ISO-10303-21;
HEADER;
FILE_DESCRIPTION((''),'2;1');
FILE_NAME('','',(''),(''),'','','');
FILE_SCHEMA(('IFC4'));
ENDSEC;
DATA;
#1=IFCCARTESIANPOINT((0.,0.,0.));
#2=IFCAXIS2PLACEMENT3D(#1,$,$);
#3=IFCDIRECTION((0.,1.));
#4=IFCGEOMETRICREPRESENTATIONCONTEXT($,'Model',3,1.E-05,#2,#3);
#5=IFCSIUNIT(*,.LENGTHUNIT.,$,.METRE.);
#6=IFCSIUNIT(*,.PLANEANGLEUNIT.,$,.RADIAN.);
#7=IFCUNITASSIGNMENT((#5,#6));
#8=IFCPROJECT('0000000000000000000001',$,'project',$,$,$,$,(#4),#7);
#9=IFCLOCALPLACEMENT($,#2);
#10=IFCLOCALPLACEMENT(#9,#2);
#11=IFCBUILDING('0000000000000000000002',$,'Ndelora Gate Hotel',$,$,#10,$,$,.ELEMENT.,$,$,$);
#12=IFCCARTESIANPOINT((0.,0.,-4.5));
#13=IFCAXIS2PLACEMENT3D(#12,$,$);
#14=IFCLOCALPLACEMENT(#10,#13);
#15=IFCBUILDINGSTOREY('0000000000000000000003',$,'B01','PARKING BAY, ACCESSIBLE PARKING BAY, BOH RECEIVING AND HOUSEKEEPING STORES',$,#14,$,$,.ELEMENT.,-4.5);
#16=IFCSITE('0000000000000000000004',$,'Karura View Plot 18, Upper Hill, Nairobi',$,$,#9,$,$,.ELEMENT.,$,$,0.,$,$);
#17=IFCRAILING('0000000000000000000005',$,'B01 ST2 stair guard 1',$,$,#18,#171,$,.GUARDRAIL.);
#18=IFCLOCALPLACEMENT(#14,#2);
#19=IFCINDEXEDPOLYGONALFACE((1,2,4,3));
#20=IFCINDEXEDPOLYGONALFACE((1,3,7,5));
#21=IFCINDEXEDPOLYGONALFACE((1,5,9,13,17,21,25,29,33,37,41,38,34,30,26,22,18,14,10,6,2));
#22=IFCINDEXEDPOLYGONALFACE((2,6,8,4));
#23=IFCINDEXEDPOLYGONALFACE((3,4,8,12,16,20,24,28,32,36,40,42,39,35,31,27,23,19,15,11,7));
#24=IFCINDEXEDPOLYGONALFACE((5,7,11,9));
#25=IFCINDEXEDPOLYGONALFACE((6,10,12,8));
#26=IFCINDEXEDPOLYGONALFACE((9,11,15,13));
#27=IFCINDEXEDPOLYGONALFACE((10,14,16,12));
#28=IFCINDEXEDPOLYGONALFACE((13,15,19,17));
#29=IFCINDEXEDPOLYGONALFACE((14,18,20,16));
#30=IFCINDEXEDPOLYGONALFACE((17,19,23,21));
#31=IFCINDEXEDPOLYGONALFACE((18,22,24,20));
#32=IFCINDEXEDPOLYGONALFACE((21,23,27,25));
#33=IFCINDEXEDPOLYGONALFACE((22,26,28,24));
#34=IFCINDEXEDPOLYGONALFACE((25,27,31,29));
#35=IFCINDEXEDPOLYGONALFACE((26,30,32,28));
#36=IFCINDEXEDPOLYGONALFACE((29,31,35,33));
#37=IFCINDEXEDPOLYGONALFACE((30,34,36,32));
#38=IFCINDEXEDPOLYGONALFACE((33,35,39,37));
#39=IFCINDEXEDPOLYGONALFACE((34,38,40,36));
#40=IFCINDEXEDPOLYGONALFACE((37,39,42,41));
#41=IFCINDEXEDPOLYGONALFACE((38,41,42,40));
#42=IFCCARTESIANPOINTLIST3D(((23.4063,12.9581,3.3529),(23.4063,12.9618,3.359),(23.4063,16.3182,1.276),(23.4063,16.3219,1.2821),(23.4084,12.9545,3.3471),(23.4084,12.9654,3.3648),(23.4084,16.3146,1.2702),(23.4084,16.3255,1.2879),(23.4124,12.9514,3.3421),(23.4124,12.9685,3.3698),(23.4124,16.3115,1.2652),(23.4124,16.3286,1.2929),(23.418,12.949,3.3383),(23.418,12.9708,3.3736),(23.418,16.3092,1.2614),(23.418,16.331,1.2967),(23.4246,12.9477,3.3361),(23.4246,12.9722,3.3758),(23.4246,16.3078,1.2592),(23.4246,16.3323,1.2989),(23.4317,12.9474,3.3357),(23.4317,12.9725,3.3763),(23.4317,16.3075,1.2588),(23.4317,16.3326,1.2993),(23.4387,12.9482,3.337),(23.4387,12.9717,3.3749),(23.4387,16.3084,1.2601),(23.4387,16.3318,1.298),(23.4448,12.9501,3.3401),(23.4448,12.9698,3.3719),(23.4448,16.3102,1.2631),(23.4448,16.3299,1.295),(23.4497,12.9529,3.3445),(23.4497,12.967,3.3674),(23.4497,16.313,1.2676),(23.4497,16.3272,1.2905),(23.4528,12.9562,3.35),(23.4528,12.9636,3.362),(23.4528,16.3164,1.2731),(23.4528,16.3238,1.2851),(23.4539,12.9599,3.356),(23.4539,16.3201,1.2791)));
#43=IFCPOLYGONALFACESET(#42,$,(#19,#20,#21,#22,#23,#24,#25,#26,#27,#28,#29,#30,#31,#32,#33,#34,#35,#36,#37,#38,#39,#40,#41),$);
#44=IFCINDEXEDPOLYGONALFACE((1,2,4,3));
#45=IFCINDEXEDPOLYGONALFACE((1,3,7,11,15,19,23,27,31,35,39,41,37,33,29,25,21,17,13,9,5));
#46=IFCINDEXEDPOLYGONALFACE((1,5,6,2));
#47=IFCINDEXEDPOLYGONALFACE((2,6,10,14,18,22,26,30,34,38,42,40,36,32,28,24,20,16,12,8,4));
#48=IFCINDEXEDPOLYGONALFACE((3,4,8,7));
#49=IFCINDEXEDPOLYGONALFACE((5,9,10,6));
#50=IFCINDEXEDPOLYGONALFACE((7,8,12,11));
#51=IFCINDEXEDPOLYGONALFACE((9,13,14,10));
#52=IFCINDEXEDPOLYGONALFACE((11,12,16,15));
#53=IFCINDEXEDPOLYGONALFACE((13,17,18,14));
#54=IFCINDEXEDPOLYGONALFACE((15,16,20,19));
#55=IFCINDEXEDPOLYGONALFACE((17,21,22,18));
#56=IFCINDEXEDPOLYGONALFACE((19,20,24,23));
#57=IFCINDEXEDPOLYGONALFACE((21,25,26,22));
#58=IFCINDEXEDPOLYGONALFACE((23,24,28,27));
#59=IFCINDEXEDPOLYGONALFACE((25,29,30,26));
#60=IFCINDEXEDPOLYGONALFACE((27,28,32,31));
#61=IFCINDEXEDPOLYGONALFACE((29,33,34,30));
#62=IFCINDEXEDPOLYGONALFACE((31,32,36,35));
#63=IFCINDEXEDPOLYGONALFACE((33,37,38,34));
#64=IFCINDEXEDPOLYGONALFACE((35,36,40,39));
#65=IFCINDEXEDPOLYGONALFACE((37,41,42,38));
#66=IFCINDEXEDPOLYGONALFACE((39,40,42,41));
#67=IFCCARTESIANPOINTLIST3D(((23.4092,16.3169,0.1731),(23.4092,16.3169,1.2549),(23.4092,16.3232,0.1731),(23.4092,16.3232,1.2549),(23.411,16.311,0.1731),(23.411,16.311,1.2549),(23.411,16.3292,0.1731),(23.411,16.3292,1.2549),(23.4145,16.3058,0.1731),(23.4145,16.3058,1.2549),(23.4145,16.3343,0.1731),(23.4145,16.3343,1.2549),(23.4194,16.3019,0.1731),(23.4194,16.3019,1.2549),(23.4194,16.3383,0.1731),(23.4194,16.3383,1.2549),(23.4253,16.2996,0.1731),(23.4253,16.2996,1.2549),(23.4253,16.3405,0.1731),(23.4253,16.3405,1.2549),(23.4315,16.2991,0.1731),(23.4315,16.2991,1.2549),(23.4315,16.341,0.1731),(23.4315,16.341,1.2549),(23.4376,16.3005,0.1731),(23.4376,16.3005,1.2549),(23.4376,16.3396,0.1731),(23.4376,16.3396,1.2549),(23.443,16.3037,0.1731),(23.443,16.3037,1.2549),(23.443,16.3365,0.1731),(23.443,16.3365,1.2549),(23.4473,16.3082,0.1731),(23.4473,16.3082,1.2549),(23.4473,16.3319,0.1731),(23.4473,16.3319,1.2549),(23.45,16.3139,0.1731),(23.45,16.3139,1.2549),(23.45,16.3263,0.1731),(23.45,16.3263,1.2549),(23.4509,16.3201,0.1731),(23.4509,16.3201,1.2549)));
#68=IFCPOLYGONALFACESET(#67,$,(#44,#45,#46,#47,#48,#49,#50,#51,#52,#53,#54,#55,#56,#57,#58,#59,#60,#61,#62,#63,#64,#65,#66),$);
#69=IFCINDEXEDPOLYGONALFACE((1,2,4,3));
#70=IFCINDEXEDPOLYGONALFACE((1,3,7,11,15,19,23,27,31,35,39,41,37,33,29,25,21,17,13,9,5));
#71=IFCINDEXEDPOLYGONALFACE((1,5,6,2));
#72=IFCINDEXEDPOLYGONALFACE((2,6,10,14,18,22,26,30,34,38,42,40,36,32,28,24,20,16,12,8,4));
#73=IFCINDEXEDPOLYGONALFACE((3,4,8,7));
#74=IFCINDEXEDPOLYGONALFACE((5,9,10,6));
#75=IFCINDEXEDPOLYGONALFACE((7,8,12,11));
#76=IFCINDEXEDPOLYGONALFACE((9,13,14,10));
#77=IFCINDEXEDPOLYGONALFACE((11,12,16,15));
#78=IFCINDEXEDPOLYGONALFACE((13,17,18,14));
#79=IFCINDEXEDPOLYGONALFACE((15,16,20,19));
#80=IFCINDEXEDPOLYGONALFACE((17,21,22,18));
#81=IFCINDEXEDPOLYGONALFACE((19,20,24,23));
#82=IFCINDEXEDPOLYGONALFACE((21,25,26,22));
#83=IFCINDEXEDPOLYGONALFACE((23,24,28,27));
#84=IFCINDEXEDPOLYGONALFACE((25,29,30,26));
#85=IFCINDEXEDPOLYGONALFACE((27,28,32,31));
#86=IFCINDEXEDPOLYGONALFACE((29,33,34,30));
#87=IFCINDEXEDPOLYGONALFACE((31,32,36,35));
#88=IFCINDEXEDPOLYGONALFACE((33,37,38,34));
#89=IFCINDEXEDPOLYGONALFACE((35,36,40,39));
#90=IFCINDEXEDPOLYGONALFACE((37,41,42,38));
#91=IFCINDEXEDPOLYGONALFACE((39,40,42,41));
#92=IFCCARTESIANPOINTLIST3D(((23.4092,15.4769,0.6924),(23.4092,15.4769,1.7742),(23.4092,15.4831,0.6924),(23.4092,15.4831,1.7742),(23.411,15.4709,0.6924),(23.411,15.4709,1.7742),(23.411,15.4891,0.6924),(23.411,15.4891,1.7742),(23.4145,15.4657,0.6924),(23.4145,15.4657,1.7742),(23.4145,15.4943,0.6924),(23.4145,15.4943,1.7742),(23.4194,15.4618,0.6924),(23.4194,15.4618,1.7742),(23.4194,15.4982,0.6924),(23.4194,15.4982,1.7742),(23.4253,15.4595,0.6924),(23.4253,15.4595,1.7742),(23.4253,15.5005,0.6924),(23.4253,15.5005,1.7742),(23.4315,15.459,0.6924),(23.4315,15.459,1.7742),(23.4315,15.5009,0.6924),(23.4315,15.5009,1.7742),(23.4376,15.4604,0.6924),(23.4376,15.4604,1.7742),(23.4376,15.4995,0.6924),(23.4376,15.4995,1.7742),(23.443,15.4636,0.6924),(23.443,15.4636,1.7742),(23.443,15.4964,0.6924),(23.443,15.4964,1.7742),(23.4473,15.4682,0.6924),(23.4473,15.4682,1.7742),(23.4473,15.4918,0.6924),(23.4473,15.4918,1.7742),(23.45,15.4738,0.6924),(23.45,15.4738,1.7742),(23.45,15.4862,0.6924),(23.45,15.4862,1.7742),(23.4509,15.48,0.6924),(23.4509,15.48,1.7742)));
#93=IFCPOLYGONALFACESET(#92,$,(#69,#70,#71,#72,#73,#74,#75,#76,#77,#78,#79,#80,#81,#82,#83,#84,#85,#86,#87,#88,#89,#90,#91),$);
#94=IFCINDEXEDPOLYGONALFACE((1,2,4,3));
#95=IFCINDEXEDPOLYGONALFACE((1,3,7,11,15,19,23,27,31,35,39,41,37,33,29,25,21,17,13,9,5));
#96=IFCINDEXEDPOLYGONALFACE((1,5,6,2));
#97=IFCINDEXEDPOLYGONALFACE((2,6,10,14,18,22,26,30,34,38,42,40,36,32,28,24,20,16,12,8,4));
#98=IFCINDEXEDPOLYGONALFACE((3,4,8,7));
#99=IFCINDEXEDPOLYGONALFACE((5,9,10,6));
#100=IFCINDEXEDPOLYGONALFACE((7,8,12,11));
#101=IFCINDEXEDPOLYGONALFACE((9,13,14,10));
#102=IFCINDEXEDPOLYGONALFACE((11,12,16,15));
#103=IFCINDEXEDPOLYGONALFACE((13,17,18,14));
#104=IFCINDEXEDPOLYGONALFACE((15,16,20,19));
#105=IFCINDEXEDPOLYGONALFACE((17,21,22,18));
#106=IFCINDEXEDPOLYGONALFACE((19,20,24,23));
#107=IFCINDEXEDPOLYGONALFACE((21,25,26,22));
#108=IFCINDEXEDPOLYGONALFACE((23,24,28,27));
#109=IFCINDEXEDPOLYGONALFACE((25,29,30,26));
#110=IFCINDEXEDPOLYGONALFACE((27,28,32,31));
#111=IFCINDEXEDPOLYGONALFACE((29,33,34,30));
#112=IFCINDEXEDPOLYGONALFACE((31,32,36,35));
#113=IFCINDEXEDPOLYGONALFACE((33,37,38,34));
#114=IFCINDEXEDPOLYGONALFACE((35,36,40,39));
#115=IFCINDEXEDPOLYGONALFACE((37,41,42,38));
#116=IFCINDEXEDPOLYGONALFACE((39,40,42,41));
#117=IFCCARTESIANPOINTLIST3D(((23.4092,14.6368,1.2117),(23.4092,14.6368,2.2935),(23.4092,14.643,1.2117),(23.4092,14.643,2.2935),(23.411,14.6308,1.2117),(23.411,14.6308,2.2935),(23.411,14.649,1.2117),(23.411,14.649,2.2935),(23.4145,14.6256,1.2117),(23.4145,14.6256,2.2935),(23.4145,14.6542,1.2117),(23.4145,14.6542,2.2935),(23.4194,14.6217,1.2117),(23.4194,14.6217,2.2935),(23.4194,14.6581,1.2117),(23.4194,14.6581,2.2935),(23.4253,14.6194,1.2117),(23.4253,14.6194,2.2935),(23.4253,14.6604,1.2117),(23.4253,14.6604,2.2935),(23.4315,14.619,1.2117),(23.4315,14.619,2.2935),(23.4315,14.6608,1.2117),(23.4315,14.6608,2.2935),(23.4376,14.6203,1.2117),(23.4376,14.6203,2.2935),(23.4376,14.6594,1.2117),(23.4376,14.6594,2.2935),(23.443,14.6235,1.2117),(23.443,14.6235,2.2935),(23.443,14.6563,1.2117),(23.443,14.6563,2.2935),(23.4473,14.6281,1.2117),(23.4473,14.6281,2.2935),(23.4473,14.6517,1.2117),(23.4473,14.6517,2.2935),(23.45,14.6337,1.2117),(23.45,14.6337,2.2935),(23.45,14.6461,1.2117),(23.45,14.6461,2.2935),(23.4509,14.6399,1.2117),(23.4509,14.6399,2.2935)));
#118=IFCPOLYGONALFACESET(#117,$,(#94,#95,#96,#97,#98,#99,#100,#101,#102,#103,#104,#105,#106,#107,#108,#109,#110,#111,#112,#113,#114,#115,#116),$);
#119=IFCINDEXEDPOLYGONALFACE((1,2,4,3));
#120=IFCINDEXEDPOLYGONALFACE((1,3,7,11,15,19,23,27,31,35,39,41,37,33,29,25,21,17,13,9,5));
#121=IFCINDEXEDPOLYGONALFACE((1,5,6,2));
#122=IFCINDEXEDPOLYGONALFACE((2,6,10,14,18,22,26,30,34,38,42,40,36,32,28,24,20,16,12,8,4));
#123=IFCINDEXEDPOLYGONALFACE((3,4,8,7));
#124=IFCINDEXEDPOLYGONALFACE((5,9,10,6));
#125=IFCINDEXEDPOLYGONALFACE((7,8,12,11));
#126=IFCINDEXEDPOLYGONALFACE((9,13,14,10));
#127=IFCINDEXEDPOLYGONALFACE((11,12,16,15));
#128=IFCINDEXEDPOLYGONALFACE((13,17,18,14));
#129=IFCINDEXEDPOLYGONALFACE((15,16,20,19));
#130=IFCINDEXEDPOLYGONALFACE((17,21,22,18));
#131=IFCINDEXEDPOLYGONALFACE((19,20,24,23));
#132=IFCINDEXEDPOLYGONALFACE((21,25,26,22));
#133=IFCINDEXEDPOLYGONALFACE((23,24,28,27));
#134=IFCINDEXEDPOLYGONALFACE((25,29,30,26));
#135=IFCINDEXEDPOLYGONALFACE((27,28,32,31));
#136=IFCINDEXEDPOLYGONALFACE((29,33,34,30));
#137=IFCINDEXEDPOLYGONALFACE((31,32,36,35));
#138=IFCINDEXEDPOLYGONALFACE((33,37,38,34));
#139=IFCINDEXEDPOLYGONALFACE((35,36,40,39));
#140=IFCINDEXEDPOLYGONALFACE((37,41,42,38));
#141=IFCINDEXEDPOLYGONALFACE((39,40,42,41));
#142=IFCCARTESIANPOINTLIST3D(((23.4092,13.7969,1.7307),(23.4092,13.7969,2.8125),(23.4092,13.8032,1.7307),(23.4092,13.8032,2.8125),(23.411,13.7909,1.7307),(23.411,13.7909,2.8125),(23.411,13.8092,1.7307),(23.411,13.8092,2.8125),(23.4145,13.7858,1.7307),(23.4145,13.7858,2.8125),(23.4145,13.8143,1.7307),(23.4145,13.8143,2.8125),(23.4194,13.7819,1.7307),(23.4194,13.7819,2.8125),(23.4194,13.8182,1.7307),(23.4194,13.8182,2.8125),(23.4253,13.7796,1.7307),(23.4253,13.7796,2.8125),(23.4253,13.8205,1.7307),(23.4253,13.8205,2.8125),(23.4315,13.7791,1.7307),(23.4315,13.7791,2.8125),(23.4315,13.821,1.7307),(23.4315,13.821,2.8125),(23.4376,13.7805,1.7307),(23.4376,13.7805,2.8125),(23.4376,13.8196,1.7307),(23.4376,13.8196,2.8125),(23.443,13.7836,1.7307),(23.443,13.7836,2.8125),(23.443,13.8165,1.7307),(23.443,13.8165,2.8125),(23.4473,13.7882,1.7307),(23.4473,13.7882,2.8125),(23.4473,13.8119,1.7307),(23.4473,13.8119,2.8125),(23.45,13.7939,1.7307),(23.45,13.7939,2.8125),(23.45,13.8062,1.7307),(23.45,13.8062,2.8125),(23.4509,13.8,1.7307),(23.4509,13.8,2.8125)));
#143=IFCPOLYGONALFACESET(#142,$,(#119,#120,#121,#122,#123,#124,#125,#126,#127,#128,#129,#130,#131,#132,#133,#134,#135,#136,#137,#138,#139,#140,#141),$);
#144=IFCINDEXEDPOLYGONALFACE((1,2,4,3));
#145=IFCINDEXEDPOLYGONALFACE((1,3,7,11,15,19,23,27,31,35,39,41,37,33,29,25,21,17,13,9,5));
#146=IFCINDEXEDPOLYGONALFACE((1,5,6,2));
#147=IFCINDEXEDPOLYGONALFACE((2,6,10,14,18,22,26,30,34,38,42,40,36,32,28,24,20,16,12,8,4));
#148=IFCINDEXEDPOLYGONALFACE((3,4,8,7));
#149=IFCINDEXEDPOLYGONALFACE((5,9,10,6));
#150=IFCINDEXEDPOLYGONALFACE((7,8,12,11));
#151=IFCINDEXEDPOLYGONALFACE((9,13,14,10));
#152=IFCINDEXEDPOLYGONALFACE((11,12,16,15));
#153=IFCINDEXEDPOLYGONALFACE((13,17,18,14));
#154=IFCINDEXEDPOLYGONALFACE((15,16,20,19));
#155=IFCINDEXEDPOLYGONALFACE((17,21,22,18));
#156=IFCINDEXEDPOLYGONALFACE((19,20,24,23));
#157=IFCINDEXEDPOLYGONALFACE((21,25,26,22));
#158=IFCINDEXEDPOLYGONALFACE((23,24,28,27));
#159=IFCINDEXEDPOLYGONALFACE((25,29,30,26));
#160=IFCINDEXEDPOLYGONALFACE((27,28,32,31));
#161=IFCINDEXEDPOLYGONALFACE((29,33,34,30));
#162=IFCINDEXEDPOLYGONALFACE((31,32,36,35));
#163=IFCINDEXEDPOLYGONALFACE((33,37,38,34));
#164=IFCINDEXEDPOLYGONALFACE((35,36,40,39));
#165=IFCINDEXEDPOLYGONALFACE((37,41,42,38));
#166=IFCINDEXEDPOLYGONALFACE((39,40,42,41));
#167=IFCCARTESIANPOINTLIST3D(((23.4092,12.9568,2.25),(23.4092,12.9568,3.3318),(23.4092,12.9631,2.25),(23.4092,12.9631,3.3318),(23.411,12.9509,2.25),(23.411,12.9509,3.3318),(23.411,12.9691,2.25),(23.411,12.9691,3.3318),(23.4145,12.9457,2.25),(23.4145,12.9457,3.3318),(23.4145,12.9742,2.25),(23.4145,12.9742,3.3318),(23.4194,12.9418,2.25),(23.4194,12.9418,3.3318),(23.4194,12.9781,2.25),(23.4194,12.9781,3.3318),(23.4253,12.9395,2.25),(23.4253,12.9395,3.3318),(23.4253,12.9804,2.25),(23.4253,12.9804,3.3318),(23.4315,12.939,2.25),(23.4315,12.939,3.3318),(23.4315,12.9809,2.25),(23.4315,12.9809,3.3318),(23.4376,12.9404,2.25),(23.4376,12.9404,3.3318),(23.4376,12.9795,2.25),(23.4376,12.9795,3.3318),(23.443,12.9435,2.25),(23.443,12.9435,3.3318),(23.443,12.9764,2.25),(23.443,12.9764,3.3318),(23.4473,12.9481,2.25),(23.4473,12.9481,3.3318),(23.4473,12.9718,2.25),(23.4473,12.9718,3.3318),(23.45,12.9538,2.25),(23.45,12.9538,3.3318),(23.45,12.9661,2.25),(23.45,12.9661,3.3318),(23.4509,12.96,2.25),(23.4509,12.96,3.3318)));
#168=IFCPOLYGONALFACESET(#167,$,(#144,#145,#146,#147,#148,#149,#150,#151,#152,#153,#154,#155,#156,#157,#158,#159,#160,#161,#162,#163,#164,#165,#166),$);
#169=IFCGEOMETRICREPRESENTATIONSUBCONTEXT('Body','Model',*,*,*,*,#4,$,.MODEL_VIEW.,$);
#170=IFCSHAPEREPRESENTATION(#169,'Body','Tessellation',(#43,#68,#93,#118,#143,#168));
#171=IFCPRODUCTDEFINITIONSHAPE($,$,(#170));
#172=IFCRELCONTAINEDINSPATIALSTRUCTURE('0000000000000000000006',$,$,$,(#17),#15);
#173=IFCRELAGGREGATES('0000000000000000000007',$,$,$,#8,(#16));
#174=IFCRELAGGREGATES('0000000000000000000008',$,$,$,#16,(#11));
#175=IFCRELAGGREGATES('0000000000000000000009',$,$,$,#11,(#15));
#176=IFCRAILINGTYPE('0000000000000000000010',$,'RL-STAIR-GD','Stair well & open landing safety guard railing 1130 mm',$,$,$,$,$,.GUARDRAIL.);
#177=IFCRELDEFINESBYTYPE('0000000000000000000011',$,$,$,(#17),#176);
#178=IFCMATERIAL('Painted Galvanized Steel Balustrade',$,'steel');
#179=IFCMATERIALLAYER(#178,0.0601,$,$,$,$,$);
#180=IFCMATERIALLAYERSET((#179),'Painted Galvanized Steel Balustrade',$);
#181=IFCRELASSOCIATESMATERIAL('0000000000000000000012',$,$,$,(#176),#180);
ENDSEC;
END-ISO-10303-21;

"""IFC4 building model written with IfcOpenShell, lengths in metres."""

from ifc_helpers import new_model, si_unit, direction, frame, origin, origin_2d, place, context, subcontext, project, spatial, circle, extrude, material, layer, layer_set, type_object, element, save


model = new_model("IFC4")

# Units and contexts
model_context = context("Model", 3, precision=1e-05, world=origin(), true_north=direction((0.0, 1.0)))
body_context = subcontext(model_context, "Body", "Model", "MODEL_VIEW")
ifc_project = project(units=[si_unit("LENGTHUNIT", "METRE"), si_unit("PLANEANGLEUNIT", "RADIAN")], contexts=[model_context])

# Site, building, storey
site_placement = place(None, origin())
site = spatial("IfcSite", under=ifc_project, at=site_placement, Name="Karura View Plot 18, Upper Hill, Nairobi", CompositionType="ELEMENT", RefElevation=0.0)
building_placement = place(site_placement, origin())
building = spatial("IfcBuilding", under=site, at=building_placement, Name="Ndelora Gate Hotel", CompositionType="ELEMENT")
storey_placement = place(building_placement, frame((0.0, 0.0, -4.5)))
storey = spatial("IfcBuildingStorey", under=building, at=storey_placement, Name="B01", Description="PARKING BAY, ACCESSIBLE PARKING BAY, BOH RECEIVING AND HOUSEKEEPING STORES", CompositionType="ELEMENT", Elevation=-4.5)

# Railing
ifc_material_1 = material(Name="Painted Galvanized Steel Balustrade", Category="steel")
ifc_layer_1 = layer(ifc_material_1, 0.0601)
ifc_layer_set_1 = layer_set([ifc_layer_1], Name="Painted Galvanized Steel Balustrade")
railing_type_1 = type_object("IfcRailingType", Name="RL-STAIR-GD", Description="Stair well & open landing safety guard railing 1130 mm", PredefinedType="GUARDRAIL", material=ifc_layer_set_1)
railing_1_placement = place(storey_placement, frame((23.4299, 16.3201, 0.1731)))
element("IfcRailing", 1, at=railing_1_placement, inside=storey, type_object=railing_type_1, Name="B01 ST2 stair guard 1", PredefinedType="GUARDRAIL", context=body_context, shape_type="SweptSolid", body=[
    extrude(circle(Radius=0.0239, at=origin_2d()), frame((0.0, 0.0, 1.106), z_axis=(0.0, -0.850623, 0.525776), x_axis=(1.0, 0.0, 0.0)), (0.0, 0.0, 1.0), 3.9502),
    extrude(circle(Radius=0.021, at=origin_2d()), origin(), (0.0, 0.0, 1.0), 1.0818),
    extrude(circle(Radius=0.021, at=origin_2d()), frame((0.0, -0.8401, 0.5193)), (0.0, 0.0, 1.0), 1.0818),
    extrude(circle(Radius=0.021, at=origin_2d()), frame((0.0, -1.6802, 1.0386)), (0.0, 0.0, 1.0), 1.0818),
    extrude(circle(Radius=0.021, at=origin_2d()), frame((0.0, -2.52, 1.5576)), (0.0, 0.0, 1.0), 1.0818),
    extrude(circle(Radius=0.021, at=origin_2d()), frame((0.0, -3.3601, 2.0769)), (0.0, 0.0, 1.0), 1.0818),
])

save(model, "model.ifc")
